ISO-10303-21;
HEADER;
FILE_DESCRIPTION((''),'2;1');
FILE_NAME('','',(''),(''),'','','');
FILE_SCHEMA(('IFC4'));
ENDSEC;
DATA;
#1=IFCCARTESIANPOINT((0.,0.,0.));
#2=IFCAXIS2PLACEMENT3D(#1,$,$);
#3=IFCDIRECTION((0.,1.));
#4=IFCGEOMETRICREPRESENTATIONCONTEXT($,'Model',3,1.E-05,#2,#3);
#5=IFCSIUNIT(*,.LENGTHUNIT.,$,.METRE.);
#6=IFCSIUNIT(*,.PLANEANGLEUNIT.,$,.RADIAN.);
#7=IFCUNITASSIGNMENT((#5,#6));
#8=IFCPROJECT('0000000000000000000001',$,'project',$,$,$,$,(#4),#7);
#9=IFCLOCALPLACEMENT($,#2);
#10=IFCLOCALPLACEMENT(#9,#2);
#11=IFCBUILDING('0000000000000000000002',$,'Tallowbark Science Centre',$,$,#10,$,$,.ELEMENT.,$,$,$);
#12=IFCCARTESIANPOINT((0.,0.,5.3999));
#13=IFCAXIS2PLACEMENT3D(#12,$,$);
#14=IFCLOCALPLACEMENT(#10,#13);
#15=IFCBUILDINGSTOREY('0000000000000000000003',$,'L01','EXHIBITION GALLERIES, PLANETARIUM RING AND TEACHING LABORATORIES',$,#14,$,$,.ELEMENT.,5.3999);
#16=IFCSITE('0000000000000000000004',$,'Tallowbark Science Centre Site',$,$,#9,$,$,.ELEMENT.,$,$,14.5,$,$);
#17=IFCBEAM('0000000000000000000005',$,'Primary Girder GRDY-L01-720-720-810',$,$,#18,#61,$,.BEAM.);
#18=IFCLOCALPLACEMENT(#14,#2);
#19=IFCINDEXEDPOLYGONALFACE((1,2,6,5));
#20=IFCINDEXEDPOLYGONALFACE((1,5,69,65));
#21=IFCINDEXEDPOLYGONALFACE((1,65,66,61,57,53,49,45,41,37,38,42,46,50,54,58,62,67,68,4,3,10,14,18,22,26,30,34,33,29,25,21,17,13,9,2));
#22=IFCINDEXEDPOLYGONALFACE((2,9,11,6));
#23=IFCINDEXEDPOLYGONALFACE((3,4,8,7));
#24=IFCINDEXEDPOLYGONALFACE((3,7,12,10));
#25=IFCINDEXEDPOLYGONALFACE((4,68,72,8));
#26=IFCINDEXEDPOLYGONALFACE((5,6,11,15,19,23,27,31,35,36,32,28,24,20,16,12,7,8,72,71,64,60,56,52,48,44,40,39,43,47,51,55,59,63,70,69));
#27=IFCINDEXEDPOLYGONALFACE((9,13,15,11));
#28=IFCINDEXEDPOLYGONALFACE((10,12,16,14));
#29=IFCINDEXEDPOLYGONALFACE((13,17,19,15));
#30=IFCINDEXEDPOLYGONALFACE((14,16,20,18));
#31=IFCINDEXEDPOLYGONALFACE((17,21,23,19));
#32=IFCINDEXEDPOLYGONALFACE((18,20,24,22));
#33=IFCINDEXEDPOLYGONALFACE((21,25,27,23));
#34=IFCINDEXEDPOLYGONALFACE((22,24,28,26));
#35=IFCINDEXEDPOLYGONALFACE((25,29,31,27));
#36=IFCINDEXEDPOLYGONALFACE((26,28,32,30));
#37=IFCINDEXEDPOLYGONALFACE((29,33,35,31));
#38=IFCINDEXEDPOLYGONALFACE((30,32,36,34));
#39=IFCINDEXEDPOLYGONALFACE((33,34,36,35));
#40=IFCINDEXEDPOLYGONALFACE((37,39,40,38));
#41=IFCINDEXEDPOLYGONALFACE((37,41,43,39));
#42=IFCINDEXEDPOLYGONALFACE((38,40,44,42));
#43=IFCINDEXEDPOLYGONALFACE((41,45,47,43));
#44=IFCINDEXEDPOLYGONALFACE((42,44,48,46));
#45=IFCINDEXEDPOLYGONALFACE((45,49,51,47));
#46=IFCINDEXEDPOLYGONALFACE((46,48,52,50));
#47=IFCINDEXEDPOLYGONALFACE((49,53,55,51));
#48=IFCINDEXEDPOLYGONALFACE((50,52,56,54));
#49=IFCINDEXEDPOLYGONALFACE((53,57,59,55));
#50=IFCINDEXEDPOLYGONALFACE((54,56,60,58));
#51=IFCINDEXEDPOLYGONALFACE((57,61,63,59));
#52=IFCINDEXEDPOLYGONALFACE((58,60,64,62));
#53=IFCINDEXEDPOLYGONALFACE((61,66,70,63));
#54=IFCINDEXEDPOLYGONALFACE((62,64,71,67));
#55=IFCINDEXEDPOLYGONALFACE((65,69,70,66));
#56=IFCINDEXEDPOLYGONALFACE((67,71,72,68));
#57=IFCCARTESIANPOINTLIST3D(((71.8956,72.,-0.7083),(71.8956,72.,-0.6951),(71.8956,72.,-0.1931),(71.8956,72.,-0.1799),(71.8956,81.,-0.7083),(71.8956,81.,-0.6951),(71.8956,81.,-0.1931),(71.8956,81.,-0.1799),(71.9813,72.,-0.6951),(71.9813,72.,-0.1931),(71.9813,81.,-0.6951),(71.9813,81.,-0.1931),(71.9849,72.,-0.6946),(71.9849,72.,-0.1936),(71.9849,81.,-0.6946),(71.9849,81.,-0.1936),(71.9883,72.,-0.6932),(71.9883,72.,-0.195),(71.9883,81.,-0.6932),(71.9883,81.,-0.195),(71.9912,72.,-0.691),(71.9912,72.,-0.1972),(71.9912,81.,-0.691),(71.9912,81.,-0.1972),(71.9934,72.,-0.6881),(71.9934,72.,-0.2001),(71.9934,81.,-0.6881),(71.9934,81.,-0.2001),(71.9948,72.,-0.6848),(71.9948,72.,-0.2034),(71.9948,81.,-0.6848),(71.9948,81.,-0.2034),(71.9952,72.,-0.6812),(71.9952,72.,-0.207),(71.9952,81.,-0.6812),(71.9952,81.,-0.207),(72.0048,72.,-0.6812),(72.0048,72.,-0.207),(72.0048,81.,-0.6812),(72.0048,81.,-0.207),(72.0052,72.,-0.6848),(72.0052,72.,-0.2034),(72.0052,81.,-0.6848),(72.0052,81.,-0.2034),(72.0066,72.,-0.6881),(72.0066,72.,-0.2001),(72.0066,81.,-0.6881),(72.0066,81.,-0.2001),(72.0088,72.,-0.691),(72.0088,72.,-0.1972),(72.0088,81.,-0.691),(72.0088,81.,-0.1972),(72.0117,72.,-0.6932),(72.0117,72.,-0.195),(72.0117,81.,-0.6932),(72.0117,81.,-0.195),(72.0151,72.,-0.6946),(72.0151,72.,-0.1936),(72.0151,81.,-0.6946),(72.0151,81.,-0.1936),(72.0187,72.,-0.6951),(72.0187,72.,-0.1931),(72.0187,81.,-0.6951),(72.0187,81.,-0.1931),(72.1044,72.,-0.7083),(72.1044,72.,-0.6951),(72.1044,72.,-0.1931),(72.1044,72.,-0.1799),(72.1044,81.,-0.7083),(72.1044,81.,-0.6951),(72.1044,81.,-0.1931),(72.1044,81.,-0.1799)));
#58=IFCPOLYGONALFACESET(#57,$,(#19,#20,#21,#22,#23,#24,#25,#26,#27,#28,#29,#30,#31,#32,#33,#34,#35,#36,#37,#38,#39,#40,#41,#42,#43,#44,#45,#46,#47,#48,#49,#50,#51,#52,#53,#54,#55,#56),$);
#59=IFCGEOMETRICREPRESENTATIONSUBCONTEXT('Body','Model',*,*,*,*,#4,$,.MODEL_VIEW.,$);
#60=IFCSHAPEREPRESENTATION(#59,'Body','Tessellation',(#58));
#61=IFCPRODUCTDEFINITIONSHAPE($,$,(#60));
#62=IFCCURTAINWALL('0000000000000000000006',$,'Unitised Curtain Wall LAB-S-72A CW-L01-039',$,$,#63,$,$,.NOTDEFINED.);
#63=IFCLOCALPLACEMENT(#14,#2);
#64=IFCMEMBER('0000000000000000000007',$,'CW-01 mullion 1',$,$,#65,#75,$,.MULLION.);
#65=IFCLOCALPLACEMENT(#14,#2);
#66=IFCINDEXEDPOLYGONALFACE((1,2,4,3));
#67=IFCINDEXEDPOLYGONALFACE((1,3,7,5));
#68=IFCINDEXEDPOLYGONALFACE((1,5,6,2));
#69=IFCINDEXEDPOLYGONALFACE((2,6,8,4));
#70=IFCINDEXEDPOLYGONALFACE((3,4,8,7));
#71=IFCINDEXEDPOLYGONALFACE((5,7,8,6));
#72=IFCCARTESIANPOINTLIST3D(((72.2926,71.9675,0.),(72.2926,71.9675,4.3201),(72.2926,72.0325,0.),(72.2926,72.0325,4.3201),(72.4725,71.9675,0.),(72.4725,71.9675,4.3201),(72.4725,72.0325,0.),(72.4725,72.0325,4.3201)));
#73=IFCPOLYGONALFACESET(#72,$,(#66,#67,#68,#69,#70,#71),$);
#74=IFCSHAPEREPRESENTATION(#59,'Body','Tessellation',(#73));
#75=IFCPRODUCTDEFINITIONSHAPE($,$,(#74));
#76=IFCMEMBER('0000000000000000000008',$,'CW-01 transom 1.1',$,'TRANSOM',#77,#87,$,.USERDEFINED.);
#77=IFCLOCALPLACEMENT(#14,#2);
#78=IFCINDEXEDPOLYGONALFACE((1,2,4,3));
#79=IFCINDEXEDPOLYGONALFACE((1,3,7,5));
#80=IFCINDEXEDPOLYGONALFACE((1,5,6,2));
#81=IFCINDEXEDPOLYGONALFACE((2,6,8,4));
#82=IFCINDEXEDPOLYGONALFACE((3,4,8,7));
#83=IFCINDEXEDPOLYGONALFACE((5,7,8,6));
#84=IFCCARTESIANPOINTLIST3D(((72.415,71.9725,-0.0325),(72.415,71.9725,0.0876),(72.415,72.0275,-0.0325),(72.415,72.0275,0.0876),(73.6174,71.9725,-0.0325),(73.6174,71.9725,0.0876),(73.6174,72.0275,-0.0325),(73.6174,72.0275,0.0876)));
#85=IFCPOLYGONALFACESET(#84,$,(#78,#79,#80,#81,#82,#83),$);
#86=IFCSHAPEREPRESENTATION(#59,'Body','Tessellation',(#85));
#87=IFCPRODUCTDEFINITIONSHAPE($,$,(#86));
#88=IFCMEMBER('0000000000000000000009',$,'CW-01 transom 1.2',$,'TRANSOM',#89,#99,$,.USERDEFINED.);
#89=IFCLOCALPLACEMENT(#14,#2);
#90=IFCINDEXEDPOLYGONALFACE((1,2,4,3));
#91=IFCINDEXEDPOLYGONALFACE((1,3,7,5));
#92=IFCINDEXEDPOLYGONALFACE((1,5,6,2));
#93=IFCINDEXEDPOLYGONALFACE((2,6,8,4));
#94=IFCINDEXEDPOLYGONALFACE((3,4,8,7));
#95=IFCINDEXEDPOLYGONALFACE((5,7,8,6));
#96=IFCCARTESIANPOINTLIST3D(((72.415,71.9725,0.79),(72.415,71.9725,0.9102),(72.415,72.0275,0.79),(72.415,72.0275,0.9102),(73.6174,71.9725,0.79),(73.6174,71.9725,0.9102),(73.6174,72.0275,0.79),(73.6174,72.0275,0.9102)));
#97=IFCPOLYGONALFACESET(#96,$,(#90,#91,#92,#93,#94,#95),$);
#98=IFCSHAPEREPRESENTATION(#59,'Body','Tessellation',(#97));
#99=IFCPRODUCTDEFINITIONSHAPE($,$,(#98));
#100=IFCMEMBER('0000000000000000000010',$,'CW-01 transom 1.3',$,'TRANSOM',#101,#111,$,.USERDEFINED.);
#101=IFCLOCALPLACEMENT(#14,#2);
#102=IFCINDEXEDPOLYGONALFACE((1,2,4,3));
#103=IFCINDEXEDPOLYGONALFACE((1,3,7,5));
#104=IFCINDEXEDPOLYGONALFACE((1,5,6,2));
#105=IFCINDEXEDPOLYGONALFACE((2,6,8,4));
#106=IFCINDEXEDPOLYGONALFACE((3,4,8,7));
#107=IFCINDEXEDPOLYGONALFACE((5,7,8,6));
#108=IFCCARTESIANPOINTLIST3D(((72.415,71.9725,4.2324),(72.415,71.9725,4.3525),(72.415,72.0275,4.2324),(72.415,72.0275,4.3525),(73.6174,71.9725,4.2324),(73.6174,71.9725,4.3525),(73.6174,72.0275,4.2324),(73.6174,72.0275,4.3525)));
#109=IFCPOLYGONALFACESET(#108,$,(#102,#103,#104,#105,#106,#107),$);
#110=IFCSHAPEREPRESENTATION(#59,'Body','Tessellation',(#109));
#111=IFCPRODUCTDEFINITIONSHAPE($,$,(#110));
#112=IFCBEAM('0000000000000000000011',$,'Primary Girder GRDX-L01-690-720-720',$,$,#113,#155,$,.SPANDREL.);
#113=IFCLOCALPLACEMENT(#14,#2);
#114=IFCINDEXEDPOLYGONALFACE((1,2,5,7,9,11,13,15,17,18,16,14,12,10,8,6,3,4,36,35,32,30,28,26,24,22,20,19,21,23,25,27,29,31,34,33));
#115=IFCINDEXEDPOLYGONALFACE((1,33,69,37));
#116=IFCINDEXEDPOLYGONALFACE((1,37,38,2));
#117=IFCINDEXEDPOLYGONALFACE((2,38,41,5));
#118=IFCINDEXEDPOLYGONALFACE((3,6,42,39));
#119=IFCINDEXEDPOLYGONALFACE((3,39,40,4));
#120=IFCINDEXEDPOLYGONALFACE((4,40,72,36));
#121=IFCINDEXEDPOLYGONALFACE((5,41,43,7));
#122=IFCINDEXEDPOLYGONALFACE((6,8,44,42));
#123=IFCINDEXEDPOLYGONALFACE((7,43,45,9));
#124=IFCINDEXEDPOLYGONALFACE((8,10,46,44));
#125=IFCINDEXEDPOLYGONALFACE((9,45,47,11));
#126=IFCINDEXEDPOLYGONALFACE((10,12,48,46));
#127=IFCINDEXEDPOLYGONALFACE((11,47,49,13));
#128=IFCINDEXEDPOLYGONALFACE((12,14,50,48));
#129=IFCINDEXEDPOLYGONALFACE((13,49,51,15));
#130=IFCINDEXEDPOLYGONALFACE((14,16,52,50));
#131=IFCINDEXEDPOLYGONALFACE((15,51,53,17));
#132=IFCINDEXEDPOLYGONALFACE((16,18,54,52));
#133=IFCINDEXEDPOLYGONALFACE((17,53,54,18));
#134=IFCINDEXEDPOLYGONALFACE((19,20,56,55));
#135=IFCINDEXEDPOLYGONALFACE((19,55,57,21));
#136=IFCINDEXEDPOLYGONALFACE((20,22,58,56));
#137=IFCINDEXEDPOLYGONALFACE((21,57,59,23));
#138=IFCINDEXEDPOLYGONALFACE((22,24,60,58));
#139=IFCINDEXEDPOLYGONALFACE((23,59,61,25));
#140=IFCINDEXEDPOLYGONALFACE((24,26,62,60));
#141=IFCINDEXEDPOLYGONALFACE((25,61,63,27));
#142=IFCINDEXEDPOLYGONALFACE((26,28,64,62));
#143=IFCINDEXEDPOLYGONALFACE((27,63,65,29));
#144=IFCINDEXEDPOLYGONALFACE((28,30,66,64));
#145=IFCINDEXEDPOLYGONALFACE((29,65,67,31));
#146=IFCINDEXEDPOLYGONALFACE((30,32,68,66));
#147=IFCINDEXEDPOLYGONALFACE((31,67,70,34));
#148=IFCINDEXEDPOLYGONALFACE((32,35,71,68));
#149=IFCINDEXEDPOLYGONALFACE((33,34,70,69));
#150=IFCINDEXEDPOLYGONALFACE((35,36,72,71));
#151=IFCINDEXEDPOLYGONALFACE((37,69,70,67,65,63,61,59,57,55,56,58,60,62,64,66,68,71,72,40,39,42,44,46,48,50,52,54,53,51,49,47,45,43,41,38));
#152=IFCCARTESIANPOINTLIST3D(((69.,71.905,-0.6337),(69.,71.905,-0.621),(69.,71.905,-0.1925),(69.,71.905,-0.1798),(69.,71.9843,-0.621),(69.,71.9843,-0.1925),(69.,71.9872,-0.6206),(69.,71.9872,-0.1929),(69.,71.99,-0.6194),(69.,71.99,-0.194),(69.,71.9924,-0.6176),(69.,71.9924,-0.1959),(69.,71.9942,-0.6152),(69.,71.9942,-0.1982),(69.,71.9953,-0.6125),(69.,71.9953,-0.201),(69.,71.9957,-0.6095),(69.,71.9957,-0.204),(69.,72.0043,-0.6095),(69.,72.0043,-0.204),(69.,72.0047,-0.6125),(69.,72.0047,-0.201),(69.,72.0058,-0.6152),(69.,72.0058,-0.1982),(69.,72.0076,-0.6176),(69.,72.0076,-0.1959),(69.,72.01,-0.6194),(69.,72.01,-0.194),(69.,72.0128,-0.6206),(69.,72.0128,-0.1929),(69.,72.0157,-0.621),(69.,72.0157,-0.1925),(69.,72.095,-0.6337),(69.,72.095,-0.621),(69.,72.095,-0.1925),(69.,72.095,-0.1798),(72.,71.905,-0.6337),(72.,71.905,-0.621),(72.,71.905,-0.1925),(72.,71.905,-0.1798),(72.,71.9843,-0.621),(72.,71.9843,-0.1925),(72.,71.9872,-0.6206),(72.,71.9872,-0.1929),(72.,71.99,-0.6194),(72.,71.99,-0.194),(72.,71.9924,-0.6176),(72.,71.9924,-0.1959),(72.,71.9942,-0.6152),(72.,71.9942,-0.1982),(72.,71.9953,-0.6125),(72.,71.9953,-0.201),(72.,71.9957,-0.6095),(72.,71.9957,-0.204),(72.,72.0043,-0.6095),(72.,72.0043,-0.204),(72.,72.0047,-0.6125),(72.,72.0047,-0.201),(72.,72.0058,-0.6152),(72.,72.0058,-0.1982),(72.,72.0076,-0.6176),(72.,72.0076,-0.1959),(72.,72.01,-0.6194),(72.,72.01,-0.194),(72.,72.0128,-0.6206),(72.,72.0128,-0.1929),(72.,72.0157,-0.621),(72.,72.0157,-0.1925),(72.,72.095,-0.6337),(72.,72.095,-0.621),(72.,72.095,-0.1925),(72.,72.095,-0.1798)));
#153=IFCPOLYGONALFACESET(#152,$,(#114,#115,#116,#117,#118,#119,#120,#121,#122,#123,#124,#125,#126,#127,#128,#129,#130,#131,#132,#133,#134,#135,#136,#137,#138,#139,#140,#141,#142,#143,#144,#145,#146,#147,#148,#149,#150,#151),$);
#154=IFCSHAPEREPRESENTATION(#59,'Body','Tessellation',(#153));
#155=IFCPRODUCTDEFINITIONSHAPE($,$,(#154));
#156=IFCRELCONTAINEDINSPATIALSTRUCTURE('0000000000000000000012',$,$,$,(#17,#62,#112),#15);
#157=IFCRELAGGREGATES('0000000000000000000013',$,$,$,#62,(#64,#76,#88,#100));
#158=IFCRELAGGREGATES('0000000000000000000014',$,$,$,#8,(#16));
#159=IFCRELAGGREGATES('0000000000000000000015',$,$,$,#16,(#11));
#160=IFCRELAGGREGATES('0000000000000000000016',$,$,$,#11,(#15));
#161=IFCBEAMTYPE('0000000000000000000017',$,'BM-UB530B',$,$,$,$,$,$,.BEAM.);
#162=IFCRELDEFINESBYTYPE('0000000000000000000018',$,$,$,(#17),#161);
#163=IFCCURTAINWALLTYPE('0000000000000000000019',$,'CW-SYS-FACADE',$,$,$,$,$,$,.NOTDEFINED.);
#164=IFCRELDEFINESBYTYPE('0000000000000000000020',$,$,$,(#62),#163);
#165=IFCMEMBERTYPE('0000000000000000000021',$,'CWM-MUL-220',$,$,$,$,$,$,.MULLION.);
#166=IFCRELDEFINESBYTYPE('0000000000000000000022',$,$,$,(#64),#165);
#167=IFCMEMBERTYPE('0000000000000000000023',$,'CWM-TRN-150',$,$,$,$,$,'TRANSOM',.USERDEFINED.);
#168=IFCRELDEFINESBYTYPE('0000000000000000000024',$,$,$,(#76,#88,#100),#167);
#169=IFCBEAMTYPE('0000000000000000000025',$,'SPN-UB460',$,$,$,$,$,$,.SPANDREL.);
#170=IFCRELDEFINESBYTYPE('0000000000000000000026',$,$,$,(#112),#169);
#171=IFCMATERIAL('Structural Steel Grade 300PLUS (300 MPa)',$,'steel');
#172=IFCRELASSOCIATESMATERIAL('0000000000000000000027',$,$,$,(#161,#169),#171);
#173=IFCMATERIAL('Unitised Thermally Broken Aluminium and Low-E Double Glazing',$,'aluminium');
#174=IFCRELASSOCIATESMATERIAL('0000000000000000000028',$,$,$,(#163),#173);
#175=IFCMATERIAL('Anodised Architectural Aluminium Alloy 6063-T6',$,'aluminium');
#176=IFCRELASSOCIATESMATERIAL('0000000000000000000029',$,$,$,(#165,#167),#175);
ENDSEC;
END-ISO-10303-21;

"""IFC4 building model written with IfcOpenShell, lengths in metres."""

from ifc_helpers import new_model, si_unit, direction, frame, origin, origin_2d, place, context, subcontext, project, spatial, rectangle, i_section, extrude, material, material_profile, profile_set, type_object, element, aggregate, save


model = new_model("IFC4")

# Units and contexts
model_context = context("Model", 3, precision=1e-05, world=origin(), true_north=direction((0.0, 1.0)))
body_context = subcontext(model_context, "Body", "Model", "MODEL_VIEW")
ifc_project = project(units=[si_unit("LENGTHUNIT", "METRE"), si_unit("PLANEANGLEUNIT", "RADIAN")], contexts=[model_context])

# Site, building, storey
site_placement = place(None, origin())
site = spatial("IfcSite", under=ifc_project, at=site_placement, Name="Tallowbark Science Centre Site", CompositionType="ELEMENT", RefElevation=14.5)
building_placement = place(site_placement, origin())
building = spatial("IfcBuilding", under=site, at=building_placement, Name="Tallowbark Science Centre", CompositionType="ELEMENT")
storey_placement = place(building_placement, frame((0.0, 0.0, 5.3999)))
storey = spatial("IfcBuildingStorey", under=building, at=storey_placement, Name="L01", Description="EXHIBITION GALLERIES, PLANETARIUM RING AND TEACHING LABORATORIES", CompositionType="ELEMENT", Elevation=5.3999)

# Shared definitions
ifc_material_1 = material(Name="Structural Steel Grade 300PLUS (300 MPa)", Category="steel")

# Beam
ifc_material_profile_1 = material_profile(ifc_material_1, i_section(OverallWidth=0.2087, OverallDepth=0.5283, WebThickness=0.0095, FlangeThickness=0.0132, FilletRadius=0.0139, at=origin_2d()), Name="530UB82.0")
ifc_profile_set_1 = profile_set([ifc_material_profile_1], Name="Structural Steel Grade 300PLUS (300 MPa)")
beam_type_1 = type_object("IfcBeamType", Name="BM-UB530B", PredefinedType="BEAM", material=ifc_profile_set_1)
for number, where, z_axis, x_axis, name in (
    (1, (72.0, 72.0, -0.4441), (0.0, 1.0, 0.0), (-1.0, 0.0, 0.0), "Primary Girder GRDY-L01-720-720-810"),
):
    element("IfcBeam", number, at=place(storey_placement, frame(where, z_axis=z_axis, x_axis=x_axis)), inside=storey, type_object=beam_type_1, Name=name, PredefinedType="BEAM", context=body_context, shape_type="SweptSolid", body=[
        extrude(i_section(OverallWidth=0.2087, OverallDepth=0.5283, WebThickness=0.0095, FlangeThickness=0.0132, FilletRadius=0.0139, at=origin_2d()), origin(), (0.0, 0.0, 1.0), 9.0),
    ])

# Curtain wall, members
ifc_material_2 = material(Name="Unitised Thermally Broken Aluminium and Low-E Double Glazing", Category="aluminium")
curtain_wall_type = type_object("IfcCurtainWallType", Name="CW-SYS-FACADE", PredefinedType="NOTDEFINED", material=ifc_material_2)
curtain_wall_placement = place(storey_placement, origin())
curtain_wall = element("IfcCurtainWall", 2, at=curtain_wall_placement, inside=storey, type_object=curtain_wall_type, Name="Unitised Curtain Wall LAB-S-72A CW-L01-039", PredefinedType="NOTDEFINED")
ifc_material_3 = material(Name="Anodised Architectural Aluminium Alloy 6063-T6", Category="aluminium")
ifc_material_profile_2 = material_profile(ifc_material_3, rectangle(XDim=0.0649, YDim=0.1799, at=origin_2d()), Name="ALU65x180")
ifc_profile_set_2 = profile_set([ifc_material_profile_2], Name="Anodised Architectural Aluminium Alloy 6063-T6")
member_type_1 = type_object("IfcMemberType", Name="CWM-MUL-220", PredefinedType="MULLION", material=ifc_profile_set_2)
member_1_placement = place(storey_placement, frame((72.3826, 72.0, 0.0), z_axis=(0.0, 0.0, 1.0), x_axis=(0.0, 1.0, 0.0)))
member_1 = element("IfcMember", 3, at=member_1_placement, type_object=member_type_1, Name="CW-01 mullion 1", PredefinedType="MULLION", context=body_context, shape_type="SweptSolid", body=[
    extrude(rectangle(XDim=0.0649, YDim=0.1799, at=origin_2d()), origin(), (0.0, 0.0, 1.0), 4.3201),
])
ifc_material_profile_3 = material_profile(ifc_material_3, rectangle(XDim=0.0549, YDim=0.1201, at=origin_2d()), Name="ALU55x120")
ifc_profile_set_3 = profile_set([ifc_material_profile_3], Name="Anodised Architectural Aluminium Alloy 6063-T6")
member_type_2 = type_object("IfcMemberType", Name="CWM-TRN-150", ElementType="TRANSOM", PredefinedType="USERDEFINED", material=ifc_profile_set_3)
member_2_placement = place(storey_placement, frame((72.415, 72.0, 0.0276), z_axis=(1.0, 0.0, 0.0), x_axis=(0.0, 1.0, 0.0)))
member_2 = element("IfcMember", 4, at=member_2_placement, type_object=member_type_2, Name="CW-01 transom 1.1", ObjectType="TRANSOM", PredefinedType="USERDEFINED", context=body_context, shape_type="SweptSolid", body=[
    extrude(rectangle(XDim=0.0549, YDim=0.1201, at=origin_2d()), origin(), (0.0, 0.0, 1.0), 1.2024),
])
member_3_placement = place(storey_placement, frame((72.415, 72.0, 0.8501), z_axis=(1.0, 0.0, 0.0), x_axis=(0.0, 1.0, 0.0)))
member_3 = element("IfcMember", 5, at=member_3_placement, type_object=member_type_2, Name="CW-01 transom 1.2", ObjectType="TRANSOM", PredefinedType="USERDEFINED", context=body_context, shape_type="SweptSolid", body=[
    extrude(rectangle(XDim=0.0549, YDim=0.1201, at=origin_2d()), origin(), (0.0, 0.0, 1.0), 1.2024),
])
member_4_placement = place(storey_placement, frame((72.415, 72.0, 4.2925), z_axis=(1.0, 0.0, 0.0), x_axis=(0.0, 1.0, 0.0)))
member_4 = element("IfcMember", 6, at=member_4_placement, type_object=member_type_2, Name="CW-01 transom 1.3", ObjectType="TRANSOM", PredefinedType="USERDEFINED", context=body_context, shape_type="SweptSolid", body=[
    extrude(rectangle(XDim=0.0549, YDim=0.1201, at=origin_2d()), origin(), (0.0, 0.0, 1.0), 1.2024),
])

# Beam
ifc_material_profile_4 = material_profile(ifc_material_1, i_section(OverallWidth=0.1899, OverallDepth=0.4539, WebThickness=0.0085, FlangeThickness=0.0127, FilletRadius=0.0115, at=origin_2d()), Name="460UB67.1")
ifc_profile_set_4 = profile_set([ifc_material_profile_4], Name="Structural Steel Grade 300PLUS (300 MPa)")
beam_type_2 = type_object("IfcBeamType", Name="SPN-UB460", PredefinedType="SPANDREL", material=ifc_profile_set_4)
beam_1_placement = place(storey_placement, frame((69.0, 72.0, -0.4067), z_axis=(1.0, 0.0, 0.0), x_axis=(0.0, 1.0, 0.0)))
element("IfcBeam", 7, at=beam_1_placement, inside=storey, type_object=beam_type_2, Name="Primary Girder GRDX-L01-690-720-720", PredefinedType="SPANDREL", context=body_context, shape_type="SweptSolid", body=[
    extrude(i_section(OverallWidth=0.1899, OverallDepth=0.4539, WebThickness=0.0085, FlangeThickness=0.0127, FilletRadius=0.0115, at=origin_2d()), origin(), (0.0, 0.0, 1.0), 3.0),
])

aggregate(curtain_wall, [member_1, member_2, member_3, member_4])

save(model, "model.ifc")
